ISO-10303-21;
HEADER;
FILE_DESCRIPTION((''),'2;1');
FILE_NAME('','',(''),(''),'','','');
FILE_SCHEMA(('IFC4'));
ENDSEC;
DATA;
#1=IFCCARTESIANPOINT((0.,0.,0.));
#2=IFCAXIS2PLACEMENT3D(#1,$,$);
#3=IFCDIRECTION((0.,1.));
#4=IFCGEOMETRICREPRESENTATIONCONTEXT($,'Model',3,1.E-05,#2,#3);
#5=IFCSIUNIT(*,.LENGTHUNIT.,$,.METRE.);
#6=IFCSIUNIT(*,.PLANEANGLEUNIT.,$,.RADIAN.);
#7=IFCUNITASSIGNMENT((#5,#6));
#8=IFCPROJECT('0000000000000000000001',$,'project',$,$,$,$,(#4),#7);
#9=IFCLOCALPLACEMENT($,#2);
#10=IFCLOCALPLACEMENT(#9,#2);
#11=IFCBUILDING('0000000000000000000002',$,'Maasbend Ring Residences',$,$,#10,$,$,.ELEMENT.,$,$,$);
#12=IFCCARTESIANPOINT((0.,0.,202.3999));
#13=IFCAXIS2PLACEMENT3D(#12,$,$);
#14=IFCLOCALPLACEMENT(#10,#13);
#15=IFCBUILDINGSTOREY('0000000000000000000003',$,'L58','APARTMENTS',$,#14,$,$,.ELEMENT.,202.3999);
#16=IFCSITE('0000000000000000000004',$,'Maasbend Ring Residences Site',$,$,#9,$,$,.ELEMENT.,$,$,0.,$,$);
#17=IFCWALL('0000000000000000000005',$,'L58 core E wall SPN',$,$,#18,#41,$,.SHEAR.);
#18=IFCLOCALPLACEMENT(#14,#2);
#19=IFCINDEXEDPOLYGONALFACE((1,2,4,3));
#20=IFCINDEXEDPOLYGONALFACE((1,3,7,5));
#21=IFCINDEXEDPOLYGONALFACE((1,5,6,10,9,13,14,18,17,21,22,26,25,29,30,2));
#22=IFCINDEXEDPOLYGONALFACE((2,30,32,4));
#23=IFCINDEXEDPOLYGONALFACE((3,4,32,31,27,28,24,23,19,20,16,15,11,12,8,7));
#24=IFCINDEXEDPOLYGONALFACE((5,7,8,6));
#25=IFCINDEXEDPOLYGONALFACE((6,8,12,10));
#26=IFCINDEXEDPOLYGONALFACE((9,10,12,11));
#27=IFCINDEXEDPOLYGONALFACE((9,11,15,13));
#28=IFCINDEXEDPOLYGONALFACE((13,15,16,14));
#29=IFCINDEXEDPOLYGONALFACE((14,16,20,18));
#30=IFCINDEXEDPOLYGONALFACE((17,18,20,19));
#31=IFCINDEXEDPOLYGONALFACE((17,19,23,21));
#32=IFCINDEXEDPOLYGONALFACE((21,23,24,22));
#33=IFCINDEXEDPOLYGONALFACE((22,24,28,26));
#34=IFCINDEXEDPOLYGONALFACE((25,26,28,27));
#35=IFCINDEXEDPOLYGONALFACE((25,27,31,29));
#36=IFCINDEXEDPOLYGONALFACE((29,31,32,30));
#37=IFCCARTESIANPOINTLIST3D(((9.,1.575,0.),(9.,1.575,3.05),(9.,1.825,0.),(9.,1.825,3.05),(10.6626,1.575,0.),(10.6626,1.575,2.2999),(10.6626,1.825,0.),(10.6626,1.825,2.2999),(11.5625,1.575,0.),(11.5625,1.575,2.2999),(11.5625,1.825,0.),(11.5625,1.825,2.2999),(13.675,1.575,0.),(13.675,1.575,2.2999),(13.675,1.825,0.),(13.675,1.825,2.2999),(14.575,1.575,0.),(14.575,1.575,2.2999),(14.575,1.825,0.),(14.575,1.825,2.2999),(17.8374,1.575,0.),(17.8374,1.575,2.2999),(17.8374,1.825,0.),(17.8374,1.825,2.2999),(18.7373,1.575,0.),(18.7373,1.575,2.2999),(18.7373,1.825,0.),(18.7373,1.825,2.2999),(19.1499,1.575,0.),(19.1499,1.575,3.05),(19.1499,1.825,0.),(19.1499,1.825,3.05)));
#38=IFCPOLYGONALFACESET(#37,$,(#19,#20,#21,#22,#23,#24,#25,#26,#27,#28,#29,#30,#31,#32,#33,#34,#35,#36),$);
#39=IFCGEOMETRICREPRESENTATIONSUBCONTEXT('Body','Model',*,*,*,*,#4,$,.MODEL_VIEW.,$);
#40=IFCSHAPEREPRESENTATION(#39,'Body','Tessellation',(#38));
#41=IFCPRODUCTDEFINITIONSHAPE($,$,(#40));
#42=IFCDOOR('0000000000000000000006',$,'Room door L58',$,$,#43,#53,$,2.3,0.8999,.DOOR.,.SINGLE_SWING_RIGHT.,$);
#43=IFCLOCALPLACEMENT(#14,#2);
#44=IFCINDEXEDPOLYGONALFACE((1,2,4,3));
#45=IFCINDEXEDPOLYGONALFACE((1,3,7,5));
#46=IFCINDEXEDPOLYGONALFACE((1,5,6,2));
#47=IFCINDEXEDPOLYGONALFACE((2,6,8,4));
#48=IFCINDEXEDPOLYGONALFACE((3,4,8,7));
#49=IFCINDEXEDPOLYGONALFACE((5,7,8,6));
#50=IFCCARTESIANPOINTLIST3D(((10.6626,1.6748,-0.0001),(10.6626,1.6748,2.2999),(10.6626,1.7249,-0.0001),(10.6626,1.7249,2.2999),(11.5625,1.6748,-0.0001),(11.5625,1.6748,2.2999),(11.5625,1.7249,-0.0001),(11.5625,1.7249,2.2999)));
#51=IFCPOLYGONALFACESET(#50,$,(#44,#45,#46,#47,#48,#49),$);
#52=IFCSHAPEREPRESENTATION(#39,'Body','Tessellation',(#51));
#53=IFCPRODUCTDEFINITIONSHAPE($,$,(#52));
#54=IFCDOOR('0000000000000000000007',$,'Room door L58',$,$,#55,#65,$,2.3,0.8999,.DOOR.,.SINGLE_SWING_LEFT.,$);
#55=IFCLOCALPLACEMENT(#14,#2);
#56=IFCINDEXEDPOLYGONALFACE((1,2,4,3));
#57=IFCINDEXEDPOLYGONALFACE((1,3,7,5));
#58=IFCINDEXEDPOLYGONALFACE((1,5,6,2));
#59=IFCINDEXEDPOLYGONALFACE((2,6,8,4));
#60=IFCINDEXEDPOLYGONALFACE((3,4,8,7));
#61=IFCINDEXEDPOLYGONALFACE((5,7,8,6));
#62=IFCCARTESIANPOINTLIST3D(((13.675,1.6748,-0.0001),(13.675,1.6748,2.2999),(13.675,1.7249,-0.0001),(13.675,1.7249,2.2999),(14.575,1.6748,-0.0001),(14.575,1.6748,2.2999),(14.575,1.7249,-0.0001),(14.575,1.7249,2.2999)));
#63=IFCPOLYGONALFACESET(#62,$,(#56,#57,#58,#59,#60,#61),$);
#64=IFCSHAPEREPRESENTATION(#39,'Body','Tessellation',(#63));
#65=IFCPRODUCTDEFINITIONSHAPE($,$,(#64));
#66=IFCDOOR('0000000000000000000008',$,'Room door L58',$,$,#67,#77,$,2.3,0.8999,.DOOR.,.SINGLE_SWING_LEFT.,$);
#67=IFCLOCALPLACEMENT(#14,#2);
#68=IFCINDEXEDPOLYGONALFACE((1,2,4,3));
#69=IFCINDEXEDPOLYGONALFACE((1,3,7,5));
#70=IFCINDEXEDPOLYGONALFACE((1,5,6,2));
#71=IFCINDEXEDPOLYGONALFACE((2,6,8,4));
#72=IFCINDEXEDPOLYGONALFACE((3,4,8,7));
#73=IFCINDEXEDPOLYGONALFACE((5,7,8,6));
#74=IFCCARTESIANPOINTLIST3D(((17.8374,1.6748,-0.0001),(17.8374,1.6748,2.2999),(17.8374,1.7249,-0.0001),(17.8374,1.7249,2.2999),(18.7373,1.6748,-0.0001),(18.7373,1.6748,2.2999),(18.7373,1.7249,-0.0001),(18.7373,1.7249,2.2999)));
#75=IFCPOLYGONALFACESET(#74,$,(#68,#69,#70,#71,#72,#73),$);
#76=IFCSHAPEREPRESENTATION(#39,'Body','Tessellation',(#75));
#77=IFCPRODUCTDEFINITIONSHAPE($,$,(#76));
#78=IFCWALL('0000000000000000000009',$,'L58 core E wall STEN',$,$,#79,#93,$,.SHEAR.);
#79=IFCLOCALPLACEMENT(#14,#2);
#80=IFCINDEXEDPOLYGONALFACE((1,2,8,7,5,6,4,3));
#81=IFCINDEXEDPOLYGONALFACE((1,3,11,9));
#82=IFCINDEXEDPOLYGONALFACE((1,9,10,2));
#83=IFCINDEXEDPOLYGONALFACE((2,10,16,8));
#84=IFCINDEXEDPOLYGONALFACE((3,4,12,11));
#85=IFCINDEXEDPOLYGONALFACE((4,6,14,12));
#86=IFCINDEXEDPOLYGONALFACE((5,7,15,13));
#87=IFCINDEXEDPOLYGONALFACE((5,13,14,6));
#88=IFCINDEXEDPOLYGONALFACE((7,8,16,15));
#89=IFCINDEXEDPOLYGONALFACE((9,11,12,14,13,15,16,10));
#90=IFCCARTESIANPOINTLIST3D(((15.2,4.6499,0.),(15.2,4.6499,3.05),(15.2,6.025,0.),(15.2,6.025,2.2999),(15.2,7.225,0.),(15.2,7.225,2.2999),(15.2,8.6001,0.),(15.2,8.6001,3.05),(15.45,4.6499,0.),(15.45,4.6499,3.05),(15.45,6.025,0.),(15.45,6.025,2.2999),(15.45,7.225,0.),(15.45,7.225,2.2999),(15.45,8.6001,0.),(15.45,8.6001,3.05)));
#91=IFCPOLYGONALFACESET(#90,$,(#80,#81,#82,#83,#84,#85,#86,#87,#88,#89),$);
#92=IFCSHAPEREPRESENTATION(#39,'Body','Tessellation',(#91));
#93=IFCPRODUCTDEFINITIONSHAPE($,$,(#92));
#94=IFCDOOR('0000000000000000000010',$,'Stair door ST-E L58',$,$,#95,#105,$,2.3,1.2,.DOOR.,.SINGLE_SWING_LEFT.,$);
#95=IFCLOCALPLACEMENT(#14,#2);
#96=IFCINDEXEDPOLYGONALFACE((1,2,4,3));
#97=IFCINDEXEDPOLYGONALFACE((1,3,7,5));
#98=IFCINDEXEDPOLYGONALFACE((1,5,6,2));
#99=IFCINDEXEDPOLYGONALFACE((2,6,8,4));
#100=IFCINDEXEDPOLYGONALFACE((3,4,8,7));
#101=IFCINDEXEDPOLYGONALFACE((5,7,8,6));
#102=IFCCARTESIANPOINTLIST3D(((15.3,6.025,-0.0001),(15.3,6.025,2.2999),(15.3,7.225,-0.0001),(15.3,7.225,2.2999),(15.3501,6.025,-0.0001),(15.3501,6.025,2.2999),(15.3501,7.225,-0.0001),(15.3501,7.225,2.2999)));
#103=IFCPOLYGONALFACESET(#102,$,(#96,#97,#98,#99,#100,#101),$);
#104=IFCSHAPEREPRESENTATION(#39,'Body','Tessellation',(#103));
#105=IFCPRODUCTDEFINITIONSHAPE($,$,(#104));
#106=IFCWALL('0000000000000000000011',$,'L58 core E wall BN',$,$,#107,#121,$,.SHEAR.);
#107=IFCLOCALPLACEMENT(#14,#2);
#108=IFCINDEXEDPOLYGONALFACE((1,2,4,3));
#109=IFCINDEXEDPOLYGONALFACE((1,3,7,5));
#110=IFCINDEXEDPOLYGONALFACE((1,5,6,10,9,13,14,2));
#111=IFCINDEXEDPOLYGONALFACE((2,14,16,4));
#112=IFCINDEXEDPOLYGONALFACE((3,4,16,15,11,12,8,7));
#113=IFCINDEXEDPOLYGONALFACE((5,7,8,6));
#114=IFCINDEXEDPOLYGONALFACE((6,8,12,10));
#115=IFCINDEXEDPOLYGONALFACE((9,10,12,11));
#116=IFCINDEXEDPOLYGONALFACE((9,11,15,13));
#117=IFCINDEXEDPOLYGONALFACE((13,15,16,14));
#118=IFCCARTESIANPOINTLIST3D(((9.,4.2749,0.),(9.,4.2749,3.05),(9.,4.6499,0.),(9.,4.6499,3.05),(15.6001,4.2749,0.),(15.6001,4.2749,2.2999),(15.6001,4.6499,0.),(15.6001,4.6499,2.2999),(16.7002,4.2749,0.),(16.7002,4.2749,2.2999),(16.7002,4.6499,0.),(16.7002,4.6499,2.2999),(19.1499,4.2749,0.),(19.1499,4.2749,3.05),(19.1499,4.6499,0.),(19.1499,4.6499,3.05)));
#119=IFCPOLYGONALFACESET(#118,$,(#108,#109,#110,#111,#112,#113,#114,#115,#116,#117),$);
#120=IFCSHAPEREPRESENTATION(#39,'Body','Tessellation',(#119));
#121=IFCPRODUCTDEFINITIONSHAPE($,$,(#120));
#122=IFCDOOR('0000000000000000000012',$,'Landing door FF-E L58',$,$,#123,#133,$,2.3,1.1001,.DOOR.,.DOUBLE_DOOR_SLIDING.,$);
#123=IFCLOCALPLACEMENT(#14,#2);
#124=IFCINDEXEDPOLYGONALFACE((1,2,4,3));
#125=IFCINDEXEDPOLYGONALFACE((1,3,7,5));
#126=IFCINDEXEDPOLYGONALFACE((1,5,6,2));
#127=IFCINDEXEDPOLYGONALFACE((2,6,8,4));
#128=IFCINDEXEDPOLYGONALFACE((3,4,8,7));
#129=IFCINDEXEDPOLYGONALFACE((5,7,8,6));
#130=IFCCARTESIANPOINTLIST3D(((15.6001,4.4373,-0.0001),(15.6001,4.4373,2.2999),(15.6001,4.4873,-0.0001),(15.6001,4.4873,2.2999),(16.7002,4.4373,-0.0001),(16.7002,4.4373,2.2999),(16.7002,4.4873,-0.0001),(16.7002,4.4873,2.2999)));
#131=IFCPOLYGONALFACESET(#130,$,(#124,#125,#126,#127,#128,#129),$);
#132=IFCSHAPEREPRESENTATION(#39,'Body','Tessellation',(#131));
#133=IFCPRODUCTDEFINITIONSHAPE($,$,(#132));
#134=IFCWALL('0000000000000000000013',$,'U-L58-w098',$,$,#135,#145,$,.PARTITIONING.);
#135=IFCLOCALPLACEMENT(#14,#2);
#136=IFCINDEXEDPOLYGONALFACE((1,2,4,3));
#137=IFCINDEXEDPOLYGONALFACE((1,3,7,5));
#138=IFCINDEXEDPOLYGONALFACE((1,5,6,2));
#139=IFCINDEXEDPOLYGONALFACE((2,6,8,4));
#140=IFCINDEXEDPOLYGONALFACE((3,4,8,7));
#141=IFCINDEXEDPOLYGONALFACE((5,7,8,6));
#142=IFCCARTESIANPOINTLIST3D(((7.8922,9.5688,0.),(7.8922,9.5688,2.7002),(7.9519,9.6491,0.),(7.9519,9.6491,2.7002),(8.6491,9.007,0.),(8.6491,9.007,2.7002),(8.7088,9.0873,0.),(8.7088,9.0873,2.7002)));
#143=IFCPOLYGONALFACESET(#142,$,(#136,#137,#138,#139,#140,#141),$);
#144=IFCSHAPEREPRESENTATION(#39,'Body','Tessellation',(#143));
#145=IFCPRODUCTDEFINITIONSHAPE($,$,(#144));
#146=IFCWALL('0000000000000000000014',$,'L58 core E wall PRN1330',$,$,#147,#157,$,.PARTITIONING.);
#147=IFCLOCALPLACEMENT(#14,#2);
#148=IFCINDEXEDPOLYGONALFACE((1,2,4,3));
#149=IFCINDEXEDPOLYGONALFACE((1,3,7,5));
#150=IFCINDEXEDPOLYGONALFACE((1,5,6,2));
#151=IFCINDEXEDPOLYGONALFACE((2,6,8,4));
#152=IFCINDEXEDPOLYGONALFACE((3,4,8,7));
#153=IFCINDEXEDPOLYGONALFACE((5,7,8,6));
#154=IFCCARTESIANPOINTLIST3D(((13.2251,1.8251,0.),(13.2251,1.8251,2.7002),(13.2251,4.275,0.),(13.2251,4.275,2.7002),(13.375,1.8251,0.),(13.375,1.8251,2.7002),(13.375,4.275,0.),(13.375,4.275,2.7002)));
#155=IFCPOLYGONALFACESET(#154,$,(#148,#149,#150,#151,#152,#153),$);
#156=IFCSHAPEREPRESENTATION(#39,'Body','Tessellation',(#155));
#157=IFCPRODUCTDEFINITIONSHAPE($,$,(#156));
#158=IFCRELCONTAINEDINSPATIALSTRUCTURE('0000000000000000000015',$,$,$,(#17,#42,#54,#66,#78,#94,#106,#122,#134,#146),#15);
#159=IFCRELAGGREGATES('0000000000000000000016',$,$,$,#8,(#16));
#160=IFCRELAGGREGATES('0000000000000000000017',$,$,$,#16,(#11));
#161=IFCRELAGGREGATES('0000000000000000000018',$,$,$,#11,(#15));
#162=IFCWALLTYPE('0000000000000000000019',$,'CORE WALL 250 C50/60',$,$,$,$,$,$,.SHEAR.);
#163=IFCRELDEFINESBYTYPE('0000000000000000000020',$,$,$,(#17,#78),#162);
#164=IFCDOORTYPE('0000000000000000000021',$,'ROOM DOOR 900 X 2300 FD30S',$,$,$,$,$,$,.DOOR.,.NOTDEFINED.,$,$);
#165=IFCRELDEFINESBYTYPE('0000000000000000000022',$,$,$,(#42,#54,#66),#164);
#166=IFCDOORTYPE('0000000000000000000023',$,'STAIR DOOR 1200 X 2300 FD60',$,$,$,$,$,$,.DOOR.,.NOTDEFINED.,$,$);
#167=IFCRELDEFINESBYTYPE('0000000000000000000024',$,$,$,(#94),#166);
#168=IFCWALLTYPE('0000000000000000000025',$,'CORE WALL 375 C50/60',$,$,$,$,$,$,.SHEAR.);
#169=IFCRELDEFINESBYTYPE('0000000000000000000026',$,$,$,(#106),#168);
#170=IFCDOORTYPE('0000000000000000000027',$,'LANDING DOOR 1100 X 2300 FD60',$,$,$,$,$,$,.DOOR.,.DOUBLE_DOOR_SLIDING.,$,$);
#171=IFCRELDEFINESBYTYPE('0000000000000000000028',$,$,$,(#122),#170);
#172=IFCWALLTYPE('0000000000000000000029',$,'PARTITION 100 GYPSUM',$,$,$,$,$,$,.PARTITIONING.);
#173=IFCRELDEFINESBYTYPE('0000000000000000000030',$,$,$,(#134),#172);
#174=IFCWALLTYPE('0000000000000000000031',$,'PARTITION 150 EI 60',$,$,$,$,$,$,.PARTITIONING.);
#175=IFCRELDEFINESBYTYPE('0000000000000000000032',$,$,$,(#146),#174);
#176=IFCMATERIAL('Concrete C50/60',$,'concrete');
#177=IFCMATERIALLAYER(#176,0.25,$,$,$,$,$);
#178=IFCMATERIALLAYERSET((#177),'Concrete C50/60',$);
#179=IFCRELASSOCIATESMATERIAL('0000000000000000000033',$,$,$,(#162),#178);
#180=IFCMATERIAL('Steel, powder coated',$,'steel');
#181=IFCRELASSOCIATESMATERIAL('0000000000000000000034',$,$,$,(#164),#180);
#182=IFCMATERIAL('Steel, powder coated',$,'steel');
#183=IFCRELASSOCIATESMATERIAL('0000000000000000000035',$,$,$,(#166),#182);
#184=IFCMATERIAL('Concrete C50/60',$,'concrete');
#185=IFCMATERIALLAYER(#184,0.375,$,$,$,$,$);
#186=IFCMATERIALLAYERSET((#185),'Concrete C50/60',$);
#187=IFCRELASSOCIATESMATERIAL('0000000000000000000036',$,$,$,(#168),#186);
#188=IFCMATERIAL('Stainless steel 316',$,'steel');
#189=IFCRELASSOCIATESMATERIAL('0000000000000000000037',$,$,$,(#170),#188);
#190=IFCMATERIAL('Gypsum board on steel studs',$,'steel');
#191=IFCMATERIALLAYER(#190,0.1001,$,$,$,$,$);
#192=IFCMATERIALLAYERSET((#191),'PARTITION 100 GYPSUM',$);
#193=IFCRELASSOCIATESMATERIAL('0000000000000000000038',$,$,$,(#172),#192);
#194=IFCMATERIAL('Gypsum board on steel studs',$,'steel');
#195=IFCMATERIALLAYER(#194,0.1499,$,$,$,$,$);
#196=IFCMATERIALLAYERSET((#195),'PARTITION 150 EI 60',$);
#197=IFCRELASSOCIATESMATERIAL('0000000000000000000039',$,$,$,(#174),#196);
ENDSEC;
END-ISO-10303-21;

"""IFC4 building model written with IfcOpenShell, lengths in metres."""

from ifc_helpers import new_model, si_unit, direction, frame, frame_2d, origin, place, context, subcontext, project, spatial, rectangle, extrude, material, layer, layer_set, type_object, element, fill, save


model = new_model("IFC4")

# Units and contexts
model_context = context("Model", 3, precision=1e-05, world=origin(), true_north=direction((0.0, 1.0)))
body_context = subcontext(model_context, "Body", "Model", "MODEL_VIEW")
ifc_project = project(units=[si_unit("LENGTHUNIT", "METRE"), si_unit("PLANEANGLEUNIT", "RADIAN")], contexts=[model_context])

# Site, building, storey
site_placement = place(None, origin())
site = spatial("IfcSite", under=ifc_project, at=site_placement, Name="Maasbend Ring Residences Site", CompositionType="ELEMENT", RefElevation=0.0)
building_placement = place(site_placement, origin())
building = spatial("IfcBuilding", under=site, at=building_placement, Name="Maasbend Ring Residences", CompositionType="ELEMENT")
storey_placement = place(building_placement, frame((0.0, 0.0, 202.3999)))
storey = spatial("IfcBuildingStorey", under=building, at=storey_placement, Name="L58", Description="APARTMENTS", CompositionType="ELEMENT", Elevation=202.3999)

# Wall, openings, doors
ifc_material_1 = material(Name="Concrete C50/60", Category="concrete")
ifc_layer_1 = layer(ifc_material_1, 0.25)
ifc_layer_set_1 = layer_set([ifc_layer_1], Name="Concrete C50/60")
wall_type_1 = type_object("IfcWallType", Name="CORE WALL 250 C50/60", PredefinedType="SHEAR", material=ifc_layer_set_1)
wall_1_placement = place(storey_placement, frame((9.0, 1.7, 0.0), z_axis=(0.0, 0.0, 1.0), x_axis=(1.0, 0.0, 0.0)))
wall_1 = element("IfcWall", 1, at=wall_1_placement, inside=storey, type_object=wall_type_1, Name="L58 core E wall SPN", PredefinedType="SHEAR", context=body_context, shape_type="SweptSolid", body=[
    extrude(rectangle(XDim=10.1499, YDim=0.25, at=frame_2d((5.075, 0.0))), origin(), (0.0, 0.0, 1.0), 3.05),
])
opening_1_placement = place(wall_1_placement, frame((1.6626, 0.0, 0.0)))
opening_1 = element("IfcOpeningElement", 2, at=opening_1_placement, cuts=wall_1, PredefinedType="OPENING", context=body_context, shape_type="SweptSolid", body=[
    extrude(rectangle(XDim=0.8999, YDim=2.3, at=frame_2d((0.45, 1.1499))), frame((0.0, 0.135, 0.0), z_axis=(0.0, -1.0, 0.0), x_axis=(1.0, 0.0, 0.0)), (0.0, 0.0, 1.0), 0.27),
])
opening_2_placement = place(wall_1_placement, frame((4.675, 0.0, 0.0)))
opening_2 = element("IfcOpeningElement", 3, at=opening_2_placement, cuts=wall_1, PredefinedType="OPENING", context=body_context, shape_type="SweptSolid", body=[
    extrude(rectangle(XDim=0.8999, YDim=2.3, at=frame_2d((0.45, 1.1499))), frame((0.0, 0.135, 0.0), z_axis=(0.0, -1.0, 0.0), x_axis=(1.0, 0.0, 0.0)), (0.0, 0.0, 1.0), 0.27),
])
opening_3_placement = place(wall_1_placement, frame((8.8374, 0.0, 0.0)))
opening_3 = element("IfcOpeningElement", 4, at=opening_3_placement, cuts=wall_1, PredefinedType="OPENING", context=body_context, shape_type="SweptSolid", body=[
    extrude(rectangle(XDim=0.8999, YDim=2.3, at=frame_2d((0.45, 1.1499))), frame((0.0, 0.135, 0.0), z_axis=(0.0, -1.0, 0.0), x_axis=(1.0, 0.0, 0.0)), (0.0, 0.0, 1.0), 0.27),
])
ifc_material_2 = material(Name="Steel, powder coated", Category="steel")
door_type_1 = type_object("IfcDoorType", Name="ROOM DOOR 900 X 2300 FD30S", OperationType="NOTDEFINED", PredefinedType="DOOR", material=ifc_material_2)
door_1_placement = place(opening_1_placement, origin())
door_1 = element("IfcDoor", 5, at=door_1_placement, inside=storey, type_object=door_type_1, Name="Room door L58", OperationType="SINGLE_SWING_RIGHT", OverallHeight=2.3, OverallWidth=0.8999, PredefinedType="DOOR", context=body_context, shape_type="SweptSolid", body=[
    extrude(rectangle(XDim=0.8999, YDim=2.3, at=frame_2d((0.45, 1.1499))), frame((0.0, 0.0249, 0.0), z_axis=(0.0, -1.0, 0.0), x_axis=(1.0, 0.0, 0.0)), (0.0, 0.0, 1.0), 0.05),
])
fill(opening_1, door_1)
door_2_placement = place(opening_2_placement, origin())
door_2 = element("IfcDoor", 6, at=door_2_placement, inside=storey, type_object=door_type_1, Name="Room door L58", OperationType="SINGLE_SWING_LEFT", OverallHeight=2.3, OverallWidth=0.8999, PredefinedType="DOOR", context=body_context, shape_type="SweptSolid", body=[
    extrude(rectangle(XDim=0.8999, YDim=2.3, at=frame_2d((0.45, 1.1499))), frame((0.0, 0.0249, 0.0), z_axis=(0.0, -1.0, 0.0), x_axis=(1.0, 0.0, 0.0)), (0.0, 0.0, 1.0), 0.05),
])
fill(opening_2, door_2)
door_3_placement = place(opening_3_placement, origin())
door_3 = element("IfcDoor", 7, at=door_3_placement, inside=storey, type_object=door_type_1, Name="Room door L58", OperationType="SINGLE_SWING_LEFT", OverallHeight=2.3, OverallWidth=0.8999, PredefinedType="DOOR", context=body_context, shape_type="SweptSolid", body=[
    extrude(rectangle(XDim=0.8999, YDim=2.3, at=frame_2d((0.45, 1.1499))), frame((0.0, 0.0249, 0.0), z_axis=(0.0, -1.0, 0.0), x_axis=(1.0, 0.0, 0.0)), (0.0, 0.0, 1.0), 0.05),
])
fill(opening_3, door_3)

# Walls, openings, doors
wall_2_placement = place(storey_placement, frame((15.325, 4.6499, 0.0), z_axis=(0.0, 0.0, 1.0), x_axis=(0.0, 1.0, 0.0)))
wall_2 = element("IfcWall", 8, at=wall_2_placement, inside=storey, type_object=wall_type_1, Name="L58 core E wall STEN", PredefinedType="SHEAR", context=body_context, shape_type="SweptSolid", body=[
    extrude(rectangle(XDim=3.9502, YDim=0.25, at=frame_2d((1.9751, 0.0))), origin(), (0.0, 0.0, 1.0), 3.05),
])
opening_4_placement = place(wall_2_placement, frame((1.375, 0.0, 0.0)))
opening_4 = element("IfcOpeningElement", 9, at=opening_4_placement, cuts=wall_2, PredefinedType="OPENING", context=body_context, shape_type="SweptSolid", body=[
    extrude(rectangle(XDim=1.2, YDim=2.3, at=frame_2d((0.6001, 1.1499))), frame((0.0, 0.135, 0.0), z_axis=(0.0, -1.0, 0.0), x_axis=(1.0, 0.0, 0.0)), (0.0, 0.0, 1.0), 0.27),
])
ifc_material_3 = material(Name="Steel, powder coated", Category="steel")
door_type_2 = type_object("IfcDoorType", Name="STAIR DOOR 1200 X 2300 FD60", OperationType="NOTDEFINED", PredefinedType="DOOR", material=ifc_material_3)
door_4_placement = place(opening_4_placement, origin())
door_4 = element("IfcDoor", 10, at=door_4_placement, inside=storey, type_object=door_type_2, Name="Stair door ST-E L58", OperationType="SINGLE_SWING_LEFT", OverallHeight=2.3, OverallWidth=1.2, PredefinedType="DOOR", context=body_context, shape_type="SweptSolid", body=[
    extrude(rectangle(XDim=1.2, YDim=2.3, at=frame_2d((0.6001, 1.1499))), frame((0.0, 0.0249, 0.0), z_axis=(0.0, -1.0, 0.0), x_axis=(1.0, 0.0, 0.0)), (0.0, 0.0, 1.0), 0.05),
])
fill(opening_4, door_4)
ifc_material_4 = material(Name="Concrete C50/60", Category="concrete")
ifc_layer_2 = layer(ifc_material_4, 0.375)
ifc_layer_set_2 = layer_set([ifc_layer_2], Name="Concrete C50/60")
wall_type_2 = type_object("IfcWallType", Name="CORE WALL 375 C50/60", PredefinedType="SHEAR", material=ifc_layer_set_2)
wall_3_placement = place(storey_placement, frame((9.0, 4.4624, 0.0), z_axis=(0.0, 0.0, 1.0), x_axis=(1.0, 0.0, 0.0)))
wall_3 = element("IfcWall", 11, at=wall_3_placement, inside=storey, type_object=wall_type_2, Name="L58 core E wall BN", PredefinedType="SHEAR", context=body_context, shape_type="SweptSolid", body=[
    extrude(rectangle(XDim=10.1499, YDim=0.375, at=frame_2d((5.075, 0.0))), origin(), (0.0, 0.0, 1.0), 3.05),
])
opening_5_placement = place(wall_3_placement, frame((6.6001, 0.0, 0.0)))
opening_5 = element("IfcOpeningElement", 12, at=opening_5_placement, cuts=wall_3, PredefinedType="OPENING", context=body_context, shape_type="SweptSolid", body=[
    extrude(rectangle(XDim=1.1001, YDim=2.3, at=frame_2d((0.55, 1.1499))), frame((0.0, 0.1975, 0.0), z_axis=(0.0, -1.0, 0.0), x_axis=(1.0, 0.0, 0.0)), (0.0, 0.0, 1.0), 0.395),
])
ifc_material_5 = material(Name="Stainless steel 316", Category="steel")
door_type_3 = type_object("IfcDoorType", Name="LANDING DOOR 1100 X 2300 FD60", OperationType="DOUBLE_DOOR_SLIDING", PredefinedType="DOOR", material=ifc_material_5)
door_5_placement = place(opening_5_placement, origin())
door_5 = element("IfcDoor", 13, at=door_5_placement, inside=storey, type_object=door_type_3, Name="Landing door FF-E L58", OperationType="DOUBLE_DOOR_SLIDING", OverallHeight=2.3, OverallWidth=1.1001, PredefinedType="DOOR", context=body_context, shape_type="SweptSolid", body=[
    extrude(rectangle(XDim=1.1001, YDim=2.3, at=frame_2d((0.55, 1.1499))), frame((0.0, 0.0249, 0.0), z_axis=(0.0, -1.0, 0.0), x_axis=(1.0, 0.0, 0.0)), (0.0, 0.0, 1.0), 0.05),
])
fill(opening_5, door_5)

# Walls
ifc_material_6 = material(Name="Gypsum board on steel studs", Category="steel")
ifc_layer_3 = layer(ifc_material_6, 0.1001)
ifc_layer_set_3 = layer_set([ifc_layer_3], Name="PARTITION 100 GYPSUM")
wall_type_3 = type_object("IfcWallType", Name="PARTITION 100 GYPSUM", PredefinedType="PARTITIONING", material=ifc_layer_set_3)
wall_4_placement = place(storey_placement, frame((7.9221, 9.6089, 0.0), z_axis=(0.0, 0.0, 1.0), x_axis=(0.802974, -0.596014, 0.0)))
element("IfcWall", 14, at=wall_4_placement, inside=storey, type_object=wall_type_3, Name="U-L58-w098", PredefinedType="PARTITIONING", context=body_context, shape_type="SweptSolid", body=[
    extrude(rectangle(XDim=0.9426, YDim=0.1001, at=frame_2d((0.4712, 0.0))), origin(), (0.0, 0.0, 1.0), 2.7002),
])
ifc_material_7 = material(Name="Gypsum board on steel studs", Category="steel")
ifc_layer_4 = layer(ifc_material_7, 0.1499)
ifc_layer_set_4 = layer_set([ifc_layer_4], Name="PARTITION 150 EI 60")
wall_type_4 = type_object("IfcWallType", Name="PARTITION 150 EI 60", PredefinedType="PARTITIONING", material=ifc_layer_set_4)
wall_5_placement = place(storey_placement, frame((13.3, 1.825, 0.0), z_axis=(0.0, 0.0, 1.0), x_axis=(0.0, 1.0, 0.0)))
element("IfcWall", 15, at=wall_5_placement, inside=storey, type_object=wall_type_4, Name="L58 core E wall PRN1330", PredefinedType="PARTITIONING", context=body_context, shape_type="SweptSolid", body=[
    extrude(rectangle(XDim=2.45, YDim=0.1499, at=frame_2d((1.2251, 0.0))), origin(), (0.0, 0.0, 1.0), 2.7002),
])

save(model, "model.ifc")
